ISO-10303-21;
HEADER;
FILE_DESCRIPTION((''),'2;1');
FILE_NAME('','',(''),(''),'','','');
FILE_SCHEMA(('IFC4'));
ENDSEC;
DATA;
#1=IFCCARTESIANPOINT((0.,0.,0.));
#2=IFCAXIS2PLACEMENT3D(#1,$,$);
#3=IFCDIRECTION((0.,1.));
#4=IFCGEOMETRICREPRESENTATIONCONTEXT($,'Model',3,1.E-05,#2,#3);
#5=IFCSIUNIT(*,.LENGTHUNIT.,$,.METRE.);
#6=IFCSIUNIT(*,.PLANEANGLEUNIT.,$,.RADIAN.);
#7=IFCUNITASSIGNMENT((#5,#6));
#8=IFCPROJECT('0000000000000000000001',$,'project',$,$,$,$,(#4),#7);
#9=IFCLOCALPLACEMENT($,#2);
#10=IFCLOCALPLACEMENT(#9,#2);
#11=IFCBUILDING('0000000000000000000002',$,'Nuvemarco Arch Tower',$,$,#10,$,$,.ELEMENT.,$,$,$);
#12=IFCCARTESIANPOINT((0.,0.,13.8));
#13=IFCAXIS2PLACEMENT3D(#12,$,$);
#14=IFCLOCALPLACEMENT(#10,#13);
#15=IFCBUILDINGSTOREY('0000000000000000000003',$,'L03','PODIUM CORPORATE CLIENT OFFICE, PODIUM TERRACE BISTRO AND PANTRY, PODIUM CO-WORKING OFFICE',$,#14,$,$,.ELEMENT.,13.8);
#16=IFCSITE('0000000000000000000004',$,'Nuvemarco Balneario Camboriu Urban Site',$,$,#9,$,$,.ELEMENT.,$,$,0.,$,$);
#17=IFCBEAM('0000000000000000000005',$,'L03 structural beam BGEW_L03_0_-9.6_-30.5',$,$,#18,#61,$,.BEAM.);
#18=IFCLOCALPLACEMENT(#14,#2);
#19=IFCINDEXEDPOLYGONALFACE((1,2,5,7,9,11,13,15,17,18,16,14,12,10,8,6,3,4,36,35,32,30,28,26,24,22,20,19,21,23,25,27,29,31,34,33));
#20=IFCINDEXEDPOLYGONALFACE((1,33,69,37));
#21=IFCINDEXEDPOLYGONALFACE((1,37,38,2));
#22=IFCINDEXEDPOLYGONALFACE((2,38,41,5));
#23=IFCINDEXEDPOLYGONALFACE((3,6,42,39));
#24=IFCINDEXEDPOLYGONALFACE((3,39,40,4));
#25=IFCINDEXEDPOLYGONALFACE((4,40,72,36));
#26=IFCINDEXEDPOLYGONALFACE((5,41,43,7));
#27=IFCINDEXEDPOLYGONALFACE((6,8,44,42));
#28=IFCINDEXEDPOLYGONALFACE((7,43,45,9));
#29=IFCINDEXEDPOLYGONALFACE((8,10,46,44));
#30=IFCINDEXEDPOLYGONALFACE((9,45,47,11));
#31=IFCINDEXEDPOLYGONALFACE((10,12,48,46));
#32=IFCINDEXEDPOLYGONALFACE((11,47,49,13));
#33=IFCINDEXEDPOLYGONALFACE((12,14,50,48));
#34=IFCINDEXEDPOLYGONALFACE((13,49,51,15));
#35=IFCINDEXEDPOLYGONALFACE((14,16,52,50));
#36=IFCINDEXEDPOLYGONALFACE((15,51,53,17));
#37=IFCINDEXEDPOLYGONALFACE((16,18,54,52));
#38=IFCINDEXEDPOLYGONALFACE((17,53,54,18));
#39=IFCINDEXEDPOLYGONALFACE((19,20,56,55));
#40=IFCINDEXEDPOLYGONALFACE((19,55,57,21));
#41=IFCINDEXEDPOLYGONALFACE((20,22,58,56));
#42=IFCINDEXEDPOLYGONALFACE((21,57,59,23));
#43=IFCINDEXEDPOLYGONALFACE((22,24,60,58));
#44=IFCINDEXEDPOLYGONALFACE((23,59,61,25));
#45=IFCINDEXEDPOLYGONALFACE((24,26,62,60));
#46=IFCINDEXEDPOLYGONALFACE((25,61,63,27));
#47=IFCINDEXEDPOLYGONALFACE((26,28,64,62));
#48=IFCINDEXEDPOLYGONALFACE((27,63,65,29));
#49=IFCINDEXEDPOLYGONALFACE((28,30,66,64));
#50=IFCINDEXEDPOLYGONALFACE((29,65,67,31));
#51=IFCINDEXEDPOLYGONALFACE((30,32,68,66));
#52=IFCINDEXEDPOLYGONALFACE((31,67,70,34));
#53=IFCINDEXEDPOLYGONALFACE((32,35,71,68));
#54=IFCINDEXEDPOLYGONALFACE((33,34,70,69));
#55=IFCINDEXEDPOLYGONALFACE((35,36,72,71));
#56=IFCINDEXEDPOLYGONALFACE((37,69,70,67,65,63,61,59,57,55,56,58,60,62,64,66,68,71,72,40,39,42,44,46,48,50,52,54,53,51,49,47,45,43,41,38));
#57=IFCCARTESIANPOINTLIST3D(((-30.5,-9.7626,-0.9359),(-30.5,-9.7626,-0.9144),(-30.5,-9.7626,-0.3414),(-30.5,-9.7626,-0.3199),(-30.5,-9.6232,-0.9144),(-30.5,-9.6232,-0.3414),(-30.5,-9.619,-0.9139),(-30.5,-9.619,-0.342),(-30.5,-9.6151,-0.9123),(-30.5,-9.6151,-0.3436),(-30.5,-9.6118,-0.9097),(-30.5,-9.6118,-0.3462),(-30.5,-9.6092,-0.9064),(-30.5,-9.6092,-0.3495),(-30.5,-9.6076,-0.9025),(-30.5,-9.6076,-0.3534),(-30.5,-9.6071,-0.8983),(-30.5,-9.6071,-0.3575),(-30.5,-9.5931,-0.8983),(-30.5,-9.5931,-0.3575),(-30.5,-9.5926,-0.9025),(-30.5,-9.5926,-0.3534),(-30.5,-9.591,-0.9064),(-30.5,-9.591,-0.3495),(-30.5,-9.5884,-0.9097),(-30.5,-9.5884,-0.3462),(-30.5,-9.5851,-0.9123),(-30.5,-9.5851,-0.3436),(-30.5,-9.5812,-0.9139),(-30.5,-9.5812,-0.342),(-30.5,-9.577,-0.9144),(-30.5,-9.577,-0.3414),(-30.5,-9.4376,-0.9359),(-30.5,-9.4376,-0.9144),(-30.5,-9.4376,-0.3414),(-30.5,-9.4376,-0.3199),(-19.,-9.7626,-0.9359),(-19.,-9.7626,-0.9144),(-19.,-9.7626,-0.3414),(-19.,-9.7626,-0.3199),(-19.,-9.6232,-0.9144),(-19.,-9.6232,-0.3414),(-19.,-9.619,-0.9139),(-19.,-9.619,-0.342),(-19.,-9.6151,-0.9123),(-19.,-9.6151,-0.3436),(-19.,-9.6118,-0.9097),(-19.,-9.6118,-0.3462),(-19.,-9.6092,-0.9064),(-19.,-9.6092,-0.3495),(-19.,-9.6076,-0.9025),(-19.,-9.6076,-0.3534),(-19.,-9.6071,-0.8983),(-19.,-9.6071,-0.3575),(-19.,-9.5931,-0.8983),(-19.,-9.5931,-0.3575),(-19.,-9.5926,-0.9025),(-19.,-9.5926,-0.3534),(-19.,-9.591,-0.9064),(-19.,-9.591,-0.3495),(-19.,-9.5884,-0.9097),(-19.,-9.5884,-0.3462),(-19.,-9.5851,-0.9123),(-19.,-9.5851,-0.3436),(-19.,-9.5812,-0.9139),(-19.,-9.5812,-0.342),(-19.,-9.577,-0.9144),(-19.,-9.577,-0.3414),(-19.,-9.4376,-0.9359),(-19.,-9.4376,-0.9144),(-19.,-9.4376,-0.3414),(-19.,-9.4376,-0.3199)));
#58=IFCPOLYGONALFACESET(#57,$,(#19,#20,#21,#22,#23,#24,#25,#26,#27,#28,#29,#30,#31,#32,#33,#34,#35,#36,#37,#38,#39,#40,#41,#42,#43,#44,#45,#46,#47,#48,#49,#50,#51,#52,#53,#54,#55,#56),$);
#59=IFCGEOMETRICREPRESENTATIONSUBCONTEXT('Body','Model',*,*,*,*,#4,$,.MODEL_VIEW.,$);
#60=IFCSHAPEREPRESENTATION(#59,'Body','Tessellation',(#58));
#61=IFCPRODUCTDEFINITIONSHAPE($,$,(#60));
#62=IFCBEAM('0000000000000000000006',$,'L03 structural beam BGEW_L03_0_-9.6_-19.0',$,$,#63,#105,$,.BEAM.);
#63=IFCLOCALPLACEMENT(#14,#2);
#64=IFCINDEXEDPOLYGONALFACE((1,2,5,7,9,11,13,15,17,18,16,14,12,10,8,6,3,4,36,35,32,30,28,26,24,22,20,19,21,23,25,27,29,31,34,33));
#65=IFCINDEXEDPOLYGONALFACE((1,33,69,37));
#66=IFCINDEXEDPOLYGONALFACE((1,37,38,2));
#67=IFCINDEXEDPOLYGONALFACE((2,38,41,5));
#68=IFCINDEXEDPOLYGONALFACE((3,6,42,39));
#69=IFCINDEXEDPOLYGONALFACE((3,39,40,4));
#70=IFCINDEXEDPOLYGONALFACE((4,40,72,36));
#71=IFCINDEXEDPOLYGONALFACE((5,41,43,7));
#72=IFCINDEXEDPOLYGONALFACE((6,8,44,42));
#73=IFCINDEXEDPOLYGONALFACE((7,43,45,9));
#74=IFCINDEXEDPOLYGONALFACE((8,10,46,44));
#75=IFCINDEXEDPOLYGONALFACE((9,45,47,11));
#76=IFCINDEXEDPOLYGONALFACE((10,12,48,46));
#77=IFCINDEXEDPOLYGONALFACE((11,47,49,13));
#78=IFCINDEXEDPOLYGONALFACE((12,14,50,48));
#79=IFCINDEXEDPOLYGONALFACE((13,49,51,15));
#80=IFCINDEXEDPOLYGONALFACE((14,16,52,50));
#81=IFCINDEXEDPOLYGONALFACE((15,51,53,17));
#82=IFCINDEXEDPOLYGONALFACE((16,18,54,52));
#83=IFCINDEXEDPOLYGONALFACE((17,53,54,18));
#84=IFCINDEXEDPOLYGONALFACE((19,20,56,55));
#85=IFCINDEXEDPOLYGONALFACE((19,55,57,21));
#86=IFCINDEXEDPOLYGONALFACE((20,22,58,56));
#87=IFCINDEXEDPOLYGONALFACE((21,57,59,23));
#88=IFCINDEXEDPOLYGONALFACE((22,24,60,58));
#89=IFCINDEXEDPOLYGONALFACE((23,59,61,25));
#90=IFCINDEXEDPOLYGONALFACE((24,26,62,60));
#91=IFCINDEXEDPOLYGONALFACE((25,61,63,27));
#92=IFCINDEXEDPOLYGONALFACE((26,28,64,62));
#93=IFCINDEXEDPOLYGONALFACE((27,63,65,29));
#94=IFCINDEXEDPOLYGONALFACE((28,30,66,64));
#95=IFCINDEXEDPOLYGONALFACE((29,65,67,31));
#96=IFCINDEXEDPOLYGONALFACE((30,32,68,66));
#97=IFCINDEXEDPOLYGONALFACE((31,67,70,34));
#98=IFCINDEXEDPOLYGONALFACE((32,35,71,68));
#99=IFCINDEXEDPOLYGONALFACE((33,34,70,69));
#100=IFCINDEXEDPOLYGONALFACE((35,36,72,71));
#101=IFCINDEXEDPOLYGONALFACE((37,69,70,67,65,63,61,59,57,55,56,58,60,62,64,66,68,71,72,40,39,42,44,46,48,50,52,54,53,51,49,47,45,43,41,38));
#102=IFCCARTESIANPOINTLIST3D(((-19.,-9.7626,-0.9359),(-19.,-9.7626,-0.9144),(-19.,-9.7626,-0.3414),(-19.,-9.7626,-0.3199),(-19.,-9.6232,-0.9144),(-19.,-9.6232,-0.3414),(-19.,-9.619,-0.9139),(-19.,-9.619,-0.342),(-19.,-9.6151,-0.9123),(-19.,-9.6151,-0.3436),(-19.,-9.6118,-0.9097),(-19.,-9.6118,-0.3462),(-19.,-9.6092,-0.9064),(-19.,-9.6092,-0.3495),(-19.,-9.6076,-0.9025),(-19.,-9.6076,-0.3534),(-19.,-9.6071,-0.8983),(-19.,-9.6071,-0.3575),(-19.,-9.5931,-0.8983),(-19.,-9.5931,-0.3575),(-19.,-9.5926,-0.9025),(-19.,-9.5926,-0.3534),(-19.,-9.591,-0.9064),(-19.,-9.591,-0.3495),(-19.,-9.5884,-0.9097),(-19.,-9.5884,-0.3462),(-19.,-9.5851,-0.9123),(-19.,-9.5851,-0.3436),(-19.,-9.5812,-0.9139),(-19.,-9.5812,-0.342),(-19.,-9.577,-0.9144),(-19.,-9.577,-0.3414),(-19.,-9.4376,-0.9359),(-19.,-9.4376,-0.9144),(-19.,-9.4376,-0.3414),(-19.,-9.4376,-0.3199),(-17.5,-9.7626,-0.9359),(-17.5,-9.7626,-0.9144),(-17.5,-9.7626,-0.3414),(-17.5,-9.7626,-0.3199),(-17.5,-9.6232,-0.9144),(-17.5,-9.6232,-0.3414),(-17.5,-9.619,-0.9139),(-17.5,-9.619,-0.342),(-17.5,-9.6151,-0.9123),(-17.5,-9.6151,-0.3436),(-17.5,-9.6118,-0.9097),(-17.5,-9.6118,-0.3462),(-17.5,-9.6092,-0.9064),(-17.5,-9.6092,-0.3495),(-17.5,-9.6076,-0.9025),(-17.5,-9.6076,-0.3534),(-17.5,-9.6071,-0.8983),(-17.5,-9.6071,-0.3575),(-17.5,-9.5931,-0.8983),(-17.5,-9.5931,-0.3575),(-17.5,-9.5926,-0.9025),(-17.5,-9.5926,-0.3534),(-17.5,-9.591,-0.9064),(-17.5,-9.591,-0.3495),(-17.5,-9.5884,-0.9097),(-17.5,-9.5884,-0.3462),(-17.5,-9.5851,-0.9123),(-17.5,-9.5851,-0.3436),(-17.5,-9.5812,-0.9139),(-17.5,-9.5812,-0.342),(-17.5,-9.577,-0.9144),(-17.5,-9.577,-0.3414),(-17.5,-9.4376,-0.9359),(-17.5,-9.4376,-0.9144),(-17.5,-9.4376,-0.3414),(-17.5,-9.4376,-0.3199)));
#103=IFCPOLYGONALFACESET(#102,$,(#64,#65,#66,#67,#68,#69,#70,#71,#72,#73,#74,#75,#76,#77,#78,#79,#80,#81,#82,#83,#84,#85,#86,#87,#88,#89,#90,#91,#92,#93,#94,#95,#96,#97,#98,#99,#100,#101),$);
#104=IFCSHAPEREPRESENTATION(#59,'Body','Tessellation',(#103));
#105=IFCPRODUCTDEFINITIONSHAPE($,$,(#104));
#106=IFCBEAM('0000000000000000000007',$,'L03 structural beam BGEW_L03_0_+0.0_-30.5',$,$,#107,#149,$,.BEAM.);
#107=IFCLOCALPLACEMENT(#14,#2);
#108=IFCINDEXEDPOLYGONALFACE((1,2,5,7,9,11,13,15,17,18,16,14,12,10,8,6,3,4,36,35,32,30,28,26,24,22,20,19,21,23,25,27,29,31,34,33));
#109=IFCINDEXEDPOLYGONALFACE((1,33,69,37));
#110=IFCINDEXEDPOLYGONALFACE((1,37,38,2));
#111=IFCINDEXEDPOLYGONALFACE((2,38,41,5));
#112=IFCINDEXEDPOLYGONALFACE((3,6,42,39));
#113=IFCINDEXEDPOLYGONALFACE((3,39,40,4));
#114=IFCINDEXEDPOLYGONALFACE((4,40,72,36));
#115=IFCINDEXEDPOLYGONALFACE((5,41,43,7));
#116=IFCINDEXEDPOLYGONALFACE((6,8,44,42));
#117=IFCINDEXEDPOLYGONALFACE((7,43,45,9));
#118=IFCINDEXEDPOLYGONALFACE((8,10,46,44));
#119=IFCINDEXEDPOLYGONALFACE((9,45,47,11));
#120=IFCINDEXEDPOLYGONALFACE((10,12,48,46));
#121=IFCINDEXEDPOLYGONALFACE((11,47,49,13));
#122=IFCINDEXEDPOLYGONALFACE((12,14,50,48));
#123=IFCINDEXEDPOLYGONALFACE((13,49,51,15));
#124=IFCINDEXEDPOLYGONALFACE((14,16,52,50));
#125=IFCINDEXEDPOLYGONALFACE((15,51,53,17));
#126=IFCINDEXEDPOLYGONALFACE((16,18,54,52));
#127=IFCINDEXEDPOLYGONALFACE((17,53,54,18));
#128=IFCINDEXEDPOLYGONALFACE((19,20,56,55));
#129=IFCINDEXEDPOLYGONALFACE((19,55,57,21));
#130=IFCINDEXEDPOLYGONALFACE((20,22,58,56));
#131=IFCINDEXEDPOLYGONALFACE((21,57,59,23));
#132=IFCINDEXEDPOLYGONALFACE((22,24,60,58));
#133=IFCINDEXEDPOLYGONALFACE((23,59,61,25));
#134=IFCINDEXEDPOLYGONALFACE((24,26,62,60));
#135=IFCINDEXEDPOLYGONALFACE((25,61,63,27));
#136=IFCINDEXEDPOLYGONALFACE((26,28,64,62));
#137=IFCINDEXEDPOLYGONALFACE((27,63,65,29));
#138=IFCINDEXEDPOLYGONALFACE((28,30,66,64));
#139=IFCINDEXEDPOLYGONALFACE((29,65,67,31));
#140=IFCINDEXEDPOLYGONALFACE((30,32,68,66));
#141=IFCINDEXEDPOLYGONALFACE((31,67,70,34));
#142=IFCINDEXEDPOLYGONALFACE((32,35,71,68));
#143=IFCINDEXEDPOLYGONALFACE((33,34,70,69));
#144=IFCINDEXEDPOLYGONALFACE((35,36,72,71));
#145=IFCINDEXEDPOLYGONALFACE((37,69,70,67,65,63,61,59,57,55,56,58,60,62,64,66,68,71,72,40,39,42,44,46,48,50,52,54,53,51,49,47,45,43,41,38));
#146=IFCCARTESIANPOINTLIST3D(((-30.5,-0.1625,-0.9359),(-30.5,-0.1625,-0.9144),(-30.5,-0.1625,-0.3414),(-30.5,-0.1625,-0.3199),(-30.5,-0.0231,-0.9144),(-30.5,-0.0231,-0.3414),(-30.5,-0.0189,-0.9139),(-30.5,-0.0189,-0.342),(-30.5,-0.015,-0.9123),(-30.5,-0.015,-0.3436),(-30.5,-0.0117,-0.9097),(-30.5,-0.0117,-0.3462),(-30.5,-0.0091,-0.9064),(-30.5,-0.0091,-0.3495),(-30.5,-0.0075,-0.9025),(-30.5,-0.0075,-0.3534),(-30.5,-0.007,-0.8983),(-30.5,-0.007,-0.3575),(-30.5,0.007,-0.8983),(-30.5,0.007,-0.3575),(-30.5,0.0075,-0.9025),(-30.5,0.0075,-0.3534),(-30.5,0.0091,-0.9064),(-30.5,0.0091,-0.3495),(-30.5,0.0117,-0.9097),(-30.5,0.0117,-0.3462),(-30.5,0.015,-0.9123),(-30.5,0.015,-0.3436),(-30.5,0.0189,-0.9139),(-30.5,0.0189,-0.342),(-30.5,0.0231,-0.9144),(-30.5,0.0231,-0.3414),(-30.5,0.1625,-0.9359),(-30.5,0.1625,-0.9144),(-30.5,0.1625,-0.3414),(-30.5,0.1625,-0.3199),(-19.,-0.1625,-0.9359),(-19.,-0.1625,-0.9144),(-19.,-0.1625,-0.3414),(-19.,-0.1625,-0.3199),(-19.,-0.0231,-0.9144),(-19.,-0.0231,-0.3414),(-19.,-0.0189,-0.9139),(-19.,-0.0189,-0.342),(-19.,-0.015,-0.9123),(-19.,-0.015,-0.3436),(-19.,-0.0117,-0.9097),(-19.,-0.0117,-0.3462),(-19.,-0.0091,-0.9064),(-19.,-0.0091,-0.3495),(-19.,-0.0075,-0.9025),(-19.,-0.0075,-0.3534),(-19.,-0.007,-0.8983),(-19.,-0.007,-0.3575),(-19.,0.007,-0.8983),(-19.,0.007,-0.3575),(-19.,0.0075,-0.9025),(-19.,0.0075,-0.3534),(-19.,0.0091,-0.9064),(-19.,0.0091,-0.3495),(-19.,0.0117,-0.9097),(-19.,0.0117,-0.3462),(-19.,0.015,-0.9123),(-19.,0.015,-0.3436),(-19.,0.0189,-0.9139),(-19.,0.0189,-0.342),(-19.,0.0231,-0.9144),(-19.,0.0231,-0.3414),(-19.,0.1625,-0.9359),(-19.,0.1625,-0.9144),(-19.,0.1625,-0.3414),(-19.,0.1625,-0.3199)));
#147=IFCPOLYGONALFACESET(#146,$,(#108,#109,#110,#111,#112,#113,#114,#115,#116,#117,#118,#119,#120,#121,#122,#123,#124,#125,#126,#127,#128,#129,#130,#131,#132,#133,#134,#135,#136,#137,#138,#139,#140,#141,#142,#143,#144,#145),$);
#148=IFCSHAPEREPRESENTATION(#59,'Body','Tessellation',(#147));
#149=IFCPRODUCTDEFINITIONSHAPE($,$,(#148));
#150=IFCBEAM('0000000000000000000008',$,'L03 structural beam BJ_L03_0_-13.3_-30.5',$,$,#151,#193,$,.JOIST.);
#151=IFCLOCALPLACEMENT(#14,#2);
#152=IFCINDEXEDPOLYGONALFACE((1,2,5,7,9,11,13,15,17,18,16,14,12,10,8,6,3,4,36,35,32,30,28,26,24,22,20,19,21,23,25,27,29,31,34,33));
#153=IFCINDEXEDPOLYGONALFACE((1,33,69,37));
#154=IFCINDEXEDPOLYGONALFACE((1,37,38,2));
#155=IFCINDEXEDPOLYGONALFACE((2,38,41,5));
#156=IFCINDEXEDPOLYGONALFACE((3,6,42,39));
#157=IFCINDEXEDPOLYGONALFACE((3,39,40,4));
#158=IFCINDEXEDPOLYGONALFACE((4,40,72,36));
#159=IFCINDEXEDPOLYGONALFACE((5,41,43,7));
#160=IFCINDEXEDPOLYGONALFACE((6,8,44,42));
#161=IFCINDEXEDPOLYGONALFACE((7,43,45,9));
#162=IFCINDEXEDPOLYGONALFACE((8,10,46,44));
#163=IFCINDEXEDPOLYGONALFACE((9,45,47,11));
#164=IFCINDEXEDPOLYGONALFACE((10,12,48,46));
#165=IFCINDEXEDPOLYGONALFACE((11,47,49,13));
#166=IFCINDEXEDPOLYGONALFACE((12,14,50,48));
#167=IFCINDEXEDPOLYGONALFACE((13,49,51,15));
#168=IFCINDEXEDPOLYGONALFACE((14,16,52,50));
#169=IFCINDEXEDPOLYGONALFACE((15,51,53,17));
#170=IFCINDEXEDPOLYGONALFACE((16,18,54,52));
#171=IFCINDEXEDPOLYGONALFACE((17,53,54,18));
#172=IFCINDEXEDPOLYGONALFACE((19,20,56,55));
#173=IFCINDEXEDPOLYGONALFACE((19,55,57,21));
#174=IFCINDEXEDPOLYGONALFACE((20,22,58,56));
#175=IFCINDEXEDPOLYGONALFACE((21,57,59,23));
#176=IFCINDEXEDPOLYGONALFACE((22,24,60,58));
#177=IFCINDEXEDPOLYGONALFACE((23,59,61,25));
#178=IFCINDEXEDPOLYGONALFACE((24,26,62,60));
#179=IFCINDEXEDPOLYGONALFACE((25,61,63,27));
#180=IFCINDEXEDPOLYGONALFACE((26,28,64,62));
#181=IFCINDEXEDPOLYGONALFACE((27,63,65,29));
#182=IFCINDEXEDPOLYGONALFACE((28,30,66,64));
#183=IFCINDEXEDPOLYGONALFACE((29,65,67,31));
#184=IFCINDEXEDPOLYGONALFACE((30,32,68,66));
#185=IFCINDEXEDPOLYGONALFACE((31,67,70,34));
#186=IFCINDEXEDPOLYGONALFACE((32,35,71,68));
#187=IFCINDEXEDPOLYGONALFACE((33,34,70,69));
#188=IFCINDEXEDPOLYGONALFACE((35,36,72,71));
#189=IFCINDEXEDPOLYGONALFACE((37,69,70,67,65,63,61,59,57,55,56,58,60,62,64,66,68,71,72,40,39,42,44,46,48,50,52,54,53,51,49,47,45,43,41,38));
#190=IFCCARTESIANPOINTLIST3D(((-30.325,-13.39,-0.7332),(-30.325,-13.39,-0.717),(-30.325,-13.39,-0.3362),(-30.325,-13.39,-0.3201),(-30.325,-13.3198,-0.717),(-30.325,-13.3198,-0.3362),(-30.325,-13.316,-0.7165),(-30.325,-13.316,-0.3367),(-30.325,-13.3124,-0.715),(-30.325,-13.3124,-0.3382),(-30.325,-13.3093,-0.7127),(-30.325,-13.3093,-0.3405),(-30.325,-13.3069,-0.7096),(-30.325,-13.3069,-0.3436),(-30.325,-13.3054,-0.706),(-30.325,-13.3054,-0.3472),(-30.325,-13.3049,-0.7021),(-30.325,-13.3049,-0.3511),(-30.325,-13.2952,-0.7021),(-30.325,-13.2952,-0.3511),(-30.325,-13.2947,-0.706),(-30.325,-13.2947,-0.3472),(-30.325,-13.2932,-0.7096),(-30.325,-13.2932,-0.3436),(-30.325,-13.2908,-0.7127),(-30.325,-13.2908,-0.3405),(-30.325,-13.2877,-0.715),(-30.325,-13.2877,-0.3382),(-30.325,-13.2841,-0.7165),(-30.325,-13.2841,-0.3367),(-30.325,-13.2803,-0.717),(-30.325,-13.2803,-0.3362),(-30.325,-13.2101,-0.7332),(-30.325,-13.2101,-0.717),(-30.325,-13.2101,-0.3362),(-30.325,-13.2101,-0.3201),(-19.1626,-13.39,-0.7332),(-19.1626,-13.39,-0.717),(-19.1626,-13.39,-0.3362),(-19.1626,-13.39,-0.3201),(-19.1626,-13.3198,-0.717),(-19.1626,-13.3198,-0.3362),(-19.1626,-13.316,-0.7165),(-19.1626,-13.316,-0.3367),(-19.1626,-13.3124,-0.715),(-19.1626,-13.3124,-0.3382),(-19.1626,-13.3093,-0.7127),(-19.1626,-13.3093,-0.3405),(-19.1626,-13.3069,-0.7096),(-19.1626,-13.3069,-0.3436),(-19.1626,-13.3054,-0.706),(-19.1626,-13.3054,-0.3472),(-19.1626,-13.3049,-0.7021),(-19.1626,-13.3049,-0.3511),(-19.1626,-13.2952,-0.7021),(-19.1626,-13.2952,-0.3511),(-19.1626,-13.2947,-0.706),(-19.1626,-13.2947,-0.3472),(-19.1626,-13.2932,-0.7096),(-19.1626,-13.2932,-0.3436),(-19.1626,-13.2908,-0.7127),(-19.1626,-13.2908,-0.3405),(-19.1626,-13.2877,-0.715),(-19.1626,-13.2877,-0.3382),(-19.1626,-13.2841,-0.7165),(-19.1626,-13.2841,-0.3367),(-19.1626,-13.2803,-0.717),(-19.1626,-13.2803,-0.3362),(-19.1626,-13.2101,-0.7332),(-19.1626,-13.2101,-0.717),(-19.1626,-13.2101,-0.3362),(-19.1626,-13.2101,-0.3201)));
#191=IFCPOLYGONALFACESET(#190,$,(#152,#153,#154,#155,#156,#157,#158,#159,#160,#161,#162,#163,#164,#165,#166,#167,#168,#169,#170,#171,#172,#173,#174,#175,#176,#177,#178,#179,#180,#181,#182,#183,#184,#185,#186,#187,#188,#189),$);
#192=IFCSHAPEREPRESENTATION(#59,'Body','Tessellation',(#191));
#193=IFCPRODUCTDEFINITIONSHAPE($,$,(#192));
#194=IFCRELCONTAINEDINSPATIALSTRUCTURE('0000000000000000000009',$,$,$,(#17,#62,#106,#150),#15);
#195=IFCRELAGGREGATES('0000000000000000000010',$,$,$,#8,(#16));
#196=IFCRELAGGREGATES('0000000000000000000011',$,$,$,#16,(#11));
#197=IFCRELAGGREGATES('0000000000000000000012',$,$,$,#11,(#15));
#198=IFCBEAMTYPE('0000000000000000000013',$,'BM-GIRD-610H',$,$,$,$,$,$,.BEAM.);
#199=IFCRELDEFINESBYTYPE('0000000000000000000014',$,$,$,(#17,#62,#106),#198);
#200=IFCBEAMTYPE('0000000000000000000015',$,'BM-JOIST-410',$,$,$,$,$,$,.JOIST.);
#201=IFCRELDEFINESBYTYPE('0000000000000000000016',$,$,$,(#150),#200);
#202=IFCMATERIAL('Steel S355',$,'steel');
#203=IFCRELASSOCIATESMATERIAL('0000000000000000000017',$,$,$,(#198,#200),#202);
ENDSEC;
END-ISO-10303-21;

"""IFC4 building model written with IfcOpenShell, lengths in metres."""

from ifc_helpers import new_model, si_unit, direction, frame, origin, origin_2d, place, context, subcontext, project, spatial, i_section, extrude, material, material_profile, profile_set, type_object, element, save


model = new_model("IFC4")

# Units and contexts
model_context = context("Model", 3, precision=1e-05, world=origin(), true_north=direction((0.0, 1.0)))
body_context = subcontext(model_context, "Body", "Model", "MODEL_VIEW")
ifc_project = project(units=[si_unit("LENGTHUNIT", "METRE"), si_unit("PLANEANGLEUNIT", "RADIAN")], contexts=[model_context])

# Site, building, storey
site_placement = place(None, origin())
site = spatial("IfcSite", under=ifc_project, at=site_placement, Name="Nuvemarco Balneario Camboriu Urban Site", CompositionType="ELEMENT", RefElevation=0.0)
building_placement = place(site_placement, origin())
building = spatial("IfcBuilding", under=site, at=building_placement, Name="Nuvemarco Arch Tower", CompositionType="ELEMENT")
storey_placement = place(building_placement, frame((0.0, 0.0, 13.8)))
storey = spatial("IfcBuildingStorey", under=building, at=storey_placement, Name="L03", Description="PODIUM CORPORATE CLIENT OFFICE, PODIUM TERRACE BISTRO AND PANTRY, PODIUM CO-WORKING OFFICE", CompositionType="ELEMENT", Elevation=13.8)

# Beams
ifc_material_1 = material(Name="Steel S355", Category="steel")
ifc_material_profile_1 = material_profile(ifc_material_1, i_section(OverallWidth=0.325, OverallDepth=0.616, WebThickness=0.0139, FlangeThickness=0.0215, FilletRadius=0.0161, at=origin_2d()), Name="W610x174")
ifc_profile_set_1 = profile_set([ifc_material_profile_1], Name="Steel S355")
beam_type_1 = type_object("IfcBeamType", Name="BM-GIRD-610H", PredefinedType="BEAM", material=ifc_profile_set_1)
beam_1_placement = place(storey_placement, frame((-30.5, -9.6001, -0.6279), z_axis=(1.0, 0.0, 0.0), x_axis=(0.0, 1.0, 0.0)))
element("IfcBeam", 1, at=beam_1_placement, inside=storey, type_object=beam_type_1, Name="L03 structural beam BGEW_L03_0_-9.6_-30.5", PredefinedType="BEAM", context=body_context, shape_type="SweptSolid", body=[
    extrude(i_section(OverallWidth=0.325, OverallDepth=0.616, WebThickness=0.0139, FlangeThickness=0.0215, FilletRadius=0.0161, at=origin_2d()), origin(), (0.0, 0.0, 1.0), 11.5),
])
beam_2_placement = place(storey_placement, frame((-19.0, -9.6001, -0.6279), z_axis=(1.0, 0.0, 0.0), x_axis=(0.0, 1.0, 0.0)))
element("IfcBeam", 2, at=beam_2_placement, inside=storey, type_object=beam_type_1, Name="L03 structural beam BGEW_L03_0_-9.6_-19.0", PredefinedType="BEAM", context=body_context, shape_type="SweptSolid", body=[
    extrude(i_section(OverallWidth=0.325, OverallDepth=0.616, WebThickness=0.0139, FlangeThickness=0.0215, FilletRadius=0.0161, at=origin_2d()), origin(), (0.0, 0.0, 1.0), 1.5),
])
beam_3_placement = place(storey_placement, frame((-30.5, 0.0, -0.6279), z_axis=(1.0, 0.0, 0.0), x_axis=(0.0, 1.0, 0.0)))
element("IfcBeam", 3, at=beam_3_placement, inside=storey, type_object=beam_type_1, Name="L03 structural beam BGEW_L03_0_+0.0_-30.5", PredefinedType="BEAM", context=body_context, shape_type="SweptSolid", body=[
    extrude(i_section(OverallWidth=0.325, OverallDepth=0.616, WebThickness=0.0139, FlangeThickness=0.0215, FilletRadius=0.0161, at=origin_2d()), origin(), (0.0, 0.0, 1.0), 11.5),
])
ifc_material_profile_2 = material_profile(ifc_material_1, i_section(OverallWidth=0.1799, OverallDepth=0.4131, WebThickness=0.0098, FlangeThickness=0.0161, FilletRadius=0.0149, at=origin_2d()), Name="W410x75")
ifc_profile_set_2 = profile_set([ifc_material_profile_2], Name="Steel S355")
beam_type_2 = type_object("IfcBeamType", Name="BM-JOIST-410", PredefinedType="JOIST", material=ifc_profile_set_2)
beam_4_placement = place(storey_placement, frame((-30.325, -13.3, -0.5266), z_axis=(1.0, 0.0, 0.0), x_axis=(0.0, 1.0, 0.0)))
element("IfcBeam", 4, at=beam_4_placement, inside=storey, type_object=beam_type_2, Name="L03 structural beam BJ_L03_0_-13.3_-30.5", PredefinedType="JOIST", context=body_context, shape_type="SweptSolid", body=[
    extrude(i_section(OverallWidth=0.1799, OverallDepth=0.4131, WebThickness=0.0098, FlangeThickness=0.0161, FilletRadius=0.0149, at=origin_2d()), origin(), (0.0, 0.0, 1.0), 11.1624),
])

save(model, "model.ifc")
